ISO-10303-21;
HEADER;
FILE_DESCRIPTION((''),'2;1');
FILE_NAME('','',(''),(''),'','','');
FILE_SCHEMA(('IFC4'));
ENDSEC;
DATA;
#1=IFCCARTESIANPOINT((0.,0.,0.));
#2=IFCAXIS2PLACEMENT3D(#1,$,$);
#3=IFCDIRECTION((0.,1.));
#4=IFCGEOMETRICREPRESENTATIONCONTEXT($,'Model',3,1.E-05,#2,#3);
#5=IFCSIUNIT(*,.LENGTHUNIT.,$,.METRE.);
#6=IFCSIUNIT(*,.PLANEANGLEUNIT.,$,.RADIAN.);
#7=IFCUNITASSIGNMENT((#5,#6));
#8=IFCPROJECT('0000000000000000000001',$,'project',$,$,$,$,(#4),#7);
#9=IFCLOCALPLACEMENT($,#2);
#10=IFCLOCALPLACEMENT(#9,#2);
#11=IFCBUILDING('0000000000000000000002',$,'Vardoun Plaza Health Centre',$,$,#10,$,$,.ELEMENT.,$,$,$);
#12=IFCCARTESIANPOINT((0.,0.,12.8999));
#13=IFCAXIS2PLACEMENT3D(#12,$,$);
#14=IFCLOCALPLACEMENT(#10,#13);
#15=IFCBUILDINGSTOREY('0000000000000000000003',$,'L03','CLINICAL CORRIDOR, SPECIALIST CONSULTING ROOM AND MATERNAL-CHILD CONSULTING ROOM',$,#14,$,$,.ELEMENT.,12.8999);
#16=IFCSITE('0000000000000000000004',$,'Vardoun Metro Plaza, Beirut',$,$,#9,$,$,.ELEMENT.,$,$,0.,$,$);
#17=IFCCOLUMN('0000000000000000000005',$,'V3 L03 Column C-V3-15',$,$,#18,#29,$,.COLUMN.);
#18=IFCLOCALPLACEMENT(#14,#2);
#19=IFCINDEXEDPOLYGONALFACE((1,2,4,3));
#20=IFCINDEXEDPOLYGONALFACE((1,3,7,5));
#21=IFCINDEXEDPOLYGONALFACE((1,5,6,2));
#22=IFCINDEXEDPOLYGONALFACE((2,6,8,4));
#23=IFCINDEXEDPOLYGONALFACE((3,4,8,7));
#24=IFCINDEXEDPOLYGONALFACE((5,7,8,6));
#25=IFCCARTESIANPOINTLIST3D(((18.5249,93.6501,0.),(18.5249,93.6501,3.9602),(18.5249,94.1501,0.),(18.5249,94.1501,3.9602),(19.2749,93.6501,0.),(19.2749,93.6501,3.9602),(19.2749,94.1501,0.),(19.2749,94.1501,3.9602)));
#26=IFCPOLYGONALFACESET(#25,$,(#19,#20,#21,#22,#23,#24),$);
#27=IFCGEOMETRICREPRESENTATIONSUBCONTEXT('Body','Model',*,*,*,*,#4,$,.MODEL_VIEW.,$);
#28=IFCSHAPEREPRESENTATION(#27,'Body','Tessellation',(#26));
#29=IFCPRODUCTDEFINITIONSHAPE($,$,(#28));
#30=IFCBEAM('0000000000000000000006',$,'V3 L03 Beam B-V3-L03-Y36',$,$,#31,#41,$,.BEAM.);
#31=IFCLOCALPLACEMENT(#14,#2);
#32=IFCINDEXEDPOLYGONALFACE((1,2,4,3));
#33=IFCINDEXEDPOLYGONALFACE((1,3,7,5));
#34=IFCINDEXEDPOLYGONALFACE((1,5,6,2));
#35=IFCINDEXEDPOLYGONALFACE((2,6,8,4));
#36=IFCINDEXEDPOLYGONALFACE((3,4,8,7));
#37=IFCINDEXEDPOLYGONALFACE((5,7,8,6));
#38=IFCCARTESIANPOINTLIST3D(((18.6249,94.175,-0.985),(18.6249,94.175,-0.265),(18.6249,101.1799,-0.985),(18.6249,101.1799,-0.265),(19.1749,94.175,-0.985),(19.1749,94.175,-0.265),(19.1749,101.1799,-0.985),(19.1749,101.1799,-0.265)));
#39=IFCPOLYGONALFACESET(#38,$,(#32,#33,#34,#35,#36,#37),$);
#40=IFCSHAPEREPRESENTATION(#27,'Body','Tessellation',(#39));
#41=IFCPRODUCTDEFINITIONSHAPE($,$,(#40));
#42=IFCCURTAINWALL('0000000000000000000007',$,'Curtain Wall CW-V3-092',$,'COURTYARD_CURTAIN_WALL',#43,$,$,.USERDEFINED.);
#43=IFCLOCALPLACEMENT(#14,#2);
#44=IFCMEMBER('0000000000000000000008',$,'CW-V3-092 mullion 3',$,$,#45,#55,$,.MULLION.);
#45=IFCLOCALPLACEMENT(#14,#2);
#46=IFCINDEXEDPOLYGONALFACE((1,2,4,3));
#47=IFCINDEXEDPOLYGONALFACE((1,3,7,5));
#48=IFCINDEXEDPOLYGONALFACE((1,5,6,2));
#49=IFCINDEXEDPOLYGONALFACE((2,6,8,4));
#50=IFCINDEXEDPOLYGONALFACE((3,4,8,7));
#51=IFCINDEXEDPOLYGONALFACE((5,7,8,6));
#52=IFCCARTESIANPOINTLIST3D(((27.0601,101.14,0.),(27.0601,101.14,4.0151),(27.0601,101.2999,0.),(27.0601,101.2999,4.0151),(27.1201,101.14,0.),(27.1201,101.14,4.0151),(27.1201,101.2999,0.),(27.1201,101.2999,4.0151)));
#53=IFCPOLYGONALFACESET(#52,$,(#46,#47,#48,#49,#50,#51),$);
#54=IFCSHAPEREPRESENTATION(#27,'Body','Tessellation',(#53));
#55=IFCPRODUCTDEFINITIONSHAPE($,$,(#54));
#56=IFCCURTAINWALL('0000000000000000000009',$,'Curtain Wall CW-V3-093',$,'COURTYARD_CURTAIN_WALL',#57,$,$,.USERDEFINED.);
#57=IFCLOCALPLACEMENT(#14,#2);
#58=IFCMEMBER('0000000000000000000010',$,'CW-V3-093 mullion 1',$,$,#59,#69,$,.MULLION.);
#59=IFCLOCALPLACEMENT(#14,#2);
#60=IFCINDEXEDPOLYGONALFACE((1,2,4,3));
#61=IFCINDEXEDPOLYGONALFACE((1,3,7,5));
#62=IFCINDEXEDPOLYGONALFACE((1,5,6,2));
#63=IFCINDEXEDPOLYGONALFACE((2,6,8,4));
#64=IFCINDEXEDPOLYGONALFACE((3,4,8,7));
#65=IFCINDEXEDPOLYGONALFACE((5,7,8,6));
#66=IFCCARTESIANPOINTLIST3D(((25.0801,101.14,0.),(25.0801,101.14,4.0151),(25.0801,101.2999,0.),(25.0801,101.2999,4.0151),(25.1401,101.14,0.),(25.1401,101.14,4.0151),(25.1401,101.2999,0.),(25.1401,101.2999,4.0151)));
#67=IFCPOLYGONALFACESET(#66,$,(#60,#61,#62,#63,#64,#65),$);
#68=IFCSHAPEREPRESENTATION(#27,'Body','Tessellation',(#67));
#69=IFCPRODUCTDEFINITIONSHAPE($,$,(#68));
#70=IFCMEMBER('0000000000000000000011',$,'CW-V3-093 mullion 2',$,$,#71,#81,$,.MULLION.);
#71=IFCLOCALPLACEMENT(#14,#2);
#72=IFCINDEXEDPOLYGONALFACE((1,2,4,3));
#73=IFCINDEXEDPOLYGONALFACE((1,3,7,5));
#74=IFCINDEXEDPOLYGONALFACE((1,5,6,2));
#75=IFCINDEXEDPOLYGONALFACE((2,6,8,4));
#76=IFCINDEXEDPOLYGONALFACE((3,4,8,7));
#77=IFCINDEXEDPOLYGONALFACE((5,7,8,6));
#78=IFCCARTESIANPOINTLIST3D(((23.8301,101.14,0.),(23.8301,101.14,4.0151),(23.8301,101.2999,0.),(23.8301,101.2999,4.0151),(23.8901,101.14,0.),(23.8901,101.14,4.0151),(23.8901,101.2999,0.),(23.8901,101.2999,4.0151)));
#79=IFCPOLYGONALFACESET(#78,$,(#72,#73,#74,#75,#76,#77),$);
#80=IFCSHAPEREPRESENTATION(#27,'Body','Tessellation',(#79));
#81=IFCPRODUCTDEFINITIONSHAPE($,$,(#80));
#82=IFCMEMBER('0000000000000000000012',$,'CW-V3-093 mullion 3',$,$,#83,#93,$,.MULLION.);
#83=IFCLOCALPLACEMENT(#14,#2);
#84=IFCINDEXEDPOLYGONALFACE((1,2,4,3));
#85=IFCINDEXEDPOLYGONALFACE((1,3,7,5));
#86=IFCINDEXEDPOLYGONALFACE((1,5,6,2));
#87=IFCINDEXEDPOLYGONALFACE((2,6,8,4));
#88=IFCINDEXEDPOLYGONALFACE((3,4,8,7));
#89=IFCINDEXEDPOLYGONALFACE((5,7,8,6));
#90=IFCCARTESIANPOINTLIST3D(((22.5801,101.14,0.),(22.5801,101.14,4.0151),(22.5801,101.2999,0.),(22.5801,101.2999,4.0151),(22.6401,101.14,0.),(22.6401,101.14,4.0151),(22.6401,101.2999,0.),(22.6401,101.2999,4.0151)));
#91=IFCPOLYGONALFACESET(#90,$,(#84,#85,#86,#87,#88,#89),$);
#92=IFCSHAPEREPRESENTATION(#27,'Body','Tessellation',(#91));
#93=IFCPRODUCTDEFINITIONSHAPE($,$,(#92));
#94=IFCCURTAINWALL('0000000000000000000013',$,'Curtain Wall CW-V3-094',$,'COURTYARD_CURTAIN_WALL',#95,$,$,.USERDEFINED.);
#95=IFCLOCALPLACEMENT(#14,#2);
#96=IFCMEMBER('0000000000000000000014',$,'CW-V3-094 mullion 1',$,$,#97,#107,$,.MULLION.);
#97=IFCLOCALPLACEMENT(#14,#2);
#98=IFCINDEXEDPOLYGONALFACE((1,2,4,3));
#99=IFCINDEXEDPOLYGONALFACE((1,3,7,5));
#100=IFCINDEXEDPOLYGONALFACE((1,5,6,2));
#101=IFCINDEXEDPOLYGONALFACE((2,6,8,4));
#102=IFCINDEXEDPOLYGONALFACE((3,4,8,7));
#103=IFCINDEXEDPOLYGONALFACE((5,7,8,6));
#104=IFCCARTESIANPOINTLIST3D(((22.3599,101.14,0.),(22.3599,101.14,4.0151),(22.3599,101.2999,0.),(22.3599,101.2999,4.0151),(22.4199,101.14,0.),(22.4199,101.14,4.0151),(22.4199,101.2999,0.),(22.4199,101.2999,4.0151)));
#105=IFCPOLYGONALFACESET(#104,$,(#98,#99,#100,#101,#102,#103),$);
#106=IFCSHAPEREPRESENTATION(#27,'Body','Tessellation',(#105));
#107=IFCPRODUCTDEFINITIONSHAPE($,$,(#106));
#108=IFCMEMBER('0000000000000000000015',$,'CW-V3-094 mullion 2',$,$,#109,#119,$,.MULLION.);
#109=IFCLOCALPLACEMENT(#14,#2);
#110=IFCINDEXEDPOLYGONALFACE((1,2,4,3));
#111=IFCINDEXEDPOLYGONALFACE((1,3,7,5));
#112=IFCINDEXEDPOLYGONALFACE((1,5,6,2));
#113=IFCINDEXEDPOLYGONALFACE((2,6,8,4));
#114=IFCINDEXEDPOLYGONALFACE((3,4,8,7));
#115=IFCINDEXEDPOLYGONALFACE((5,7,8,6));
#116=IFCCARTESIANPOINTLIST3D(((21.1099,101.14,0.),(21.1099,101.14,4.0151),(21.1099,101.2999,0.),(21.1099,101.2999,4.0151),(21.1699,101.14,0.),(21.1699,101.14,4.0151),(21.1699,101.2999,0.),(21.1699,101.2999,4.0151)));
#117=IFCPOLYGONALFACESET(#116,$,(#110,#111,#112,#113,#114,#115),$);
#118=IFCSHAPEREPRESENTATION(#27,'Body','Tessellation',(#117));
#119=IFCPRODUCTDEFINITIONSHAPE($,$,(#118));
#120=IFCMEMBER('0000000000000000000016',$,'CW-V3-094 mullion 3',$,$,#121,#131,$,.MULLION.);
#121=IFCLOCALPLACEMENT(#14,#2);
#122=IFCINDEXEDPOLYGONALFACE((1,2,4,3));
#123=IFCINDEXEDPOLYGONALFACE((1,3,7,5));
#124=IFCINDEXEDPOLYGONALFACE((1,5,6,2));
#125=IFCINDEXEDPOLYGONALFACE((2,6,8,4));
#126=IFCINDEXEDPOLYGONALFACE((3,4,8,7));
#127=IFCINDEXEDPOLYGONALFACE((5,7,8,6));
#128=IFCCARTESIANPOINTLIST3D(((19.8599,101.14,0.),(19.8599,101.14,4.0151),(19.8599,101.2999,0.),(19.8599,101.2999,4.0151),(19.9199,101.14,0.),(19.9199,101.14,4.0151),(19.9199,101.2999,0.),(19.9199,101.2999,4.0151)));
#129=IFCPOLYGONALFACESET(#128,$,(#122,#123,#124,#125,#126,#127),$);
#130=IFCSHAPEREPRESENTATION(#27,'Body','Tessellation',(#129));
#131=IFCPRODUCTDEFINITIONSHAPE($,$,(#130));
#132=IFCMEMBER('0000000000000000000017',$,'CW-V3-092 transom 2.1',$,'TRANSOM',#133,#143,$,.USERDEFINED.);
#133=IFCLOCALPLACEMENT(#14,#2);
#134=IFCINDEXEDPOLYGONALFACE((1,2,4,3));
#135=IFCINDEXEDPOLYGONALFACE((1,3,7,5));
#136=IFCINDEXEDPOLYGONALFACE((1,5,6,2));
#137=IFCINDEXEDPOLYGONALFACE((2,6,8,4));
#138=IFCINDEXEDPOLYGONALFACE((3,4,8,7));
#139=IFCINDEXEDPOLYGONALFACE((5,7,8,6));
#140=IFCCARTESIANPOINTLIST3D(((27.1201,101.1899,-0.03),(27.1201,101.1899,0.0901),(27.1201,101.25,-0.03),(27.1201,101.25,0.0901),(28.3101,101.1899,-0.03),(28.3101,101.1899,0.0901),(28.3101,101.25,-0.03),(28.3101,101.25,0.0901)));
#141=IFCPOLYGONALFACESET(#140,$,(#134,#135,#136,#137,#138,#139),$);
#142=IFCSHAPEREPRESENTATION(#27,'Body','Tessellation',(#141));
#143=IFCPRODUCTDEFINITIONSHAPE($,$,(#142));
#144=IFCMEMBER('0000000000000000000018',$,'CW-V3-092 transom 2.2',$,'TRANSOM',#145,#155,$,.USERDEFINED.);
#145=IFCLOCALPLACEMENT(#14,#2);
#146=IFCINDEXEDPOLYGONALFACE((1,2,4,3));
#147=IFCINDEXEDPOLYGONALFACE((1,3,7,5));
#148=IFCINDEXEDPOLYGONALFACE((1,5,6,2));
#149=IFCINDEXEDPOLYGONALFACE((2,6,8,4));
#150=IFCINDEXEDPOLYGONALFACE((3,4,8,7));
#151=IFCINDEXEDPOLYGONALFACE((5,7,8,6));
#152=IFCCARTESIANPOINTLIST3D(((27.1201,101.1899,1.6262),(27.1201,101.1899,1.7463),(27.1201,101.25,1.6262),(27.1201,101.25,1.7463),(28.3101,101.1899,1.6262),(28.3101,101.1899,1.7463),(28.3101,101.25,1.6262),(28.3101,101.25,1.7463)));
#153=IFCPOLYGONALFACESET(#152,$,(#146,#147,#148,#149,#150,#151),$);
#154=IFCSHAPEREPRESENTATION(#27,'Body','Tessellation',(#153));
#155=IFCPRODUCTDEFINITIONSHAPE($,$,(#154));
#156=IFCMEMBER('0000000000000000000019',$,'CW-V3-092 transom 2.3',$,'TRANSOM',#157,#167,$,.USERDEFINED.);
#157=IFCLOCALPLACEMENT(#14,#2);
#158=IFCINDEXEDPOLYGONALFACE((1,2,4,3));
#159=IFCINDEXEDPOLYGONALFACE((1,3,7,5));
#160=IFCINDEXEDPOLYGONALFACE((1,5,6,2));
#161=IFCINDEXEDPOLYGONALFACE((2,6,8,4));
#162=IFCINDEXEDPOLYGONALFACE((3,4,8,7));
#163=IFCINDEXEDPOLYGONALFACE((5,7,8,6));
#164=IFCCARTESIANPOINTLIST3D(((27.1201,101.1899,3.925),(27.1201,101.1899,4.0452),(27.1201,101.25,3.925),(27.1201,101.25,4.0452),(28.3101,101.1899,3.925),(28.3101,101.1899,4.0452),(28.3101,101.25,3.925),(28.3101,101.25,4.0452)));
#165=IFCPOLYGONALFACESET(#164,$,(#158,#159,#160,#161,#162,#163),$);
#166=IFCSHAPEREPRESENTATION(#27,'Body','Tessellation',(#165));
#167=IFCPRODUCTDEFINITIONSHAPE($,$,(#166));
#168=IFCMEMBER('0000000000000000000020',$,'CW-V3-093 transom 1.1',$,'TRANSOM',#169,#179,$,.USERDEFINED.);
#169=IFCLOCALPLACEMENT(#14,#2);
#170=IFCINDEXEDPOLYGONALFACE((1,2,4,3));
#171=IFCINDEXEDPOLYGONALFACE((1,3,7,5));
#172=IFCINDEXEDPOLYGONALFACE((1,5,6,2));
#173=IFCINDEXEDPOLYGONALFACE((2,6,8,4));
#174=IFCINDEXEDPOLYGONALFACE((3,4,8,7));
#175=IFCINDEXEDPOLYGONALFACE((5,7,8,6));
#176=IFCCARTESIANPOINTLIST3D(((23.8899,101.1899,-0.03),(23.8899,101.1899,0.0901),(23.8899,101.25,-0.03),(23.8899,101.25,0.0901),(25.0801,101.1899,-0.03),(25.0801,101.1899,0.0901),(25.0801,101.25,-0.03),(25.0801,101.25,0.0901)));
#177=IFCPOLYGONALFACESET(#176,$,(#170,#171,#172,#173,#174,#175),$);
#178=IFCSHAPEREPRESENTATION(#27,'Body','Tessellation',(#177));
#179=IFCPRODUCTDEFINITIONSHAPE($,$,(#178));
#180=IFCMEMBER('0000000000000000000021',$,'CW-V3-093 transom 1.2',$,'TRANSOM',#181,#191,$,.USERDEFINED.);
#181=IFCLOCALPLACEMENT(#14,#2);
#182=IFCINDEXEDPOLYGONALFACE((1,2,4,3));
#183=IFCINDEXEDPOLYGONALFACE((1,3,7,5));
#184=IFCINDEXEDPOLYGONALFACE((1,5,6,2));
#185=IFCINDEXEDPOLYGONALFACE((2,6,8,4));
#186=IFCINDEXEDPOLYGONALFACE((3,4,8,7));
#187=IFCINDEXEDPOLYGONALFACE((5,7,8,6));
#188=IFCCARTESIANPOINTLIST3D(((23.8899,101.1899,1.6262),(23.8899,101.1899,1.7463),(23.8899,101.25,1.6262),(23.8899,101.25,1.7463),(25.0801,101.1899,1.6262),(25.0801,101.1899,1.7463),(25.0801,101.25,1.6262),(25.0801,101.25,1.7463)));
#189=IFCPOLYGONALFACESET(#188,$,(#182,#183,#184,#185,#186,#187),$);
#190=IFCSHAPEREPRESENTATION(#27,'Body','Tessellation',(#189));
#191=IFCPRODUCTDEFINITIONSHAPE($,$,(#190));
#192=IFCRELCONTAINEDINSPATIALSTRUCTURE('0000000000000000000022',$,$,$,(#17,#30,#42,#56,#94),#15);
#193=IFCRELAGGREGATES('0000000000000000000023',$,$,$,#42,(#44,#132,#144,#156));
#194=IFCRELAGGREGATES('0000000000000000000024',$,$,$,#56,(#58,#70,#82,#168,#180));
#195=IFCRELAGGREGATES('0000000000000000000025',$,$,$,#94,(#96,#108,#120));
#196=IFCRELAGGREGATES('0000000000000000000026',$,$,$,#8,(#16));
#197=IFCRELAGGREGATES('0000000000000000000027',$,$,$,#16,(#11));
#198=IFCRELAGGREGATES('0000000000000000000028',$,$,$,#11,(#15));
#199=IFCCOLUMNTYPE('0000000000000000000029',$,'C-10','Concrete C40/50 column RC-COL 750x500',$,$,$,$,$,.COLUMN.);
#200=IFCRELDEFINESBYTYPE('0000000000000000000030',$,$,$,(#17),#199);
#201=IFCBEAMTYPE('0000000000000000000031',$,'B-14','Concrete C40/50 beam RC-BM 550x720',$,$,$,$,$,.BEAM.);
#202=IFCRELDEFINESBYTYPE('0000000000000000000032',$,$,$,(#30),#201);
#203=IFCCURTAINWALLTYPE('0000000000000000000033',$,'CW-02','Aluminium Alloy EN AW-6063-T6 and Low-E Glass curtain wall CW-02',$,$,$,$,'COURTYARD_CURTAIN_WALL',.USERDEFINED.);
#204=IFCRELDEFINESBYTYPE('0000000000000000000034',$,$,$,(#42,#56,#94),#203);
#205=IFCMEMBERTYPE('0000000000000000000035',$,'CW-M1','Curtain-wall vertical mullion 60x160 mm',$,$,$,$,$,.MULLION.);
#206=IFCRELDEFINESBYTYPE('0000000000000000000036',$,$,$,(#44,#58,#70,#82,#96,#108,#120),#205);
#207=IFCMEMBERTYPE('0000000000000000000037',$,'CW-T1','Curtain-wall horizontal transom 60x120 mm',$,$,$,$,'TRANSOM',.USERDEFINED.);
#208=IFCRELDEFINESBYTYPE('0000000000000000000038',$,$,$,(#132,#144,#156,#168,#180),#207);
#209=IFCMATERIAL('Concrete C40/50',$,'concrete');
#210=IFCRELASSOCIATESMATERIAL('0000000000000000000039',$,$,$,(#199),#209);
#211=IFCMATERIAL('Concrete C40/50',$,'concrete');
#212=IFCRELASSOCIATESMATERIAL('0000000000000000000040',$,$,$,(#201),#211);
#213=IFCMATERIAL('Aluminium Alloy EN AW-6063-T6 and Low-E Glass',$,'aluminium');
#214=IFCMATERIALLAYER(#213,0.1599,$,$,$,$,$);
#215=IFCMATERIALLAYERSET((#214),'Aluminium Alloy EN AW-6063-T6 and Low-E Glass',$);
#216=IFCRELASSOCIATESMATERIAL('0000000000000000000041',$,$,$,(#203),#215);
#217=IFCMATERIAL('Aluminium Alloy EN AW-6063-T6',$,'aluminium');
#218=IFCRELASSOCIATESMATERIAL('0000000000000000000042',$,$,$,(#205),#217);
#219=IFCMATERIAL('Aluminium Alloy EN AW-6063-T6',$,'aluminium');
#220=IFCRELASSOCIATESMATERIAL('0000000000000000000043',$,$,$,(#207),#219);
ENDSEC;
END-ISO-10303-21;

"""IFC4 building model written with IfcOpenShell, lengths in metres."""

from ifc_helpers import new_model, si_unit, direction, frame, origin, origin_2d, place, context, subcontext, project, spatial, rectangle, extrude, material, layer, layer_set, material_profile, profile_set, type_object, element, aggregate, save


model = new_model("IFC4")

# Units and contexts
model_context = context("Model", 3, precision=1e-05, world=origin(), true_north=direction((0.0, 1.0)))
body_context = subcontext(model_context, "Body", "Model", "MODEL_VIEW")
ifc_project = project(units=[si_unit("LENGTHUNIT", "METRE"), si_unit("PLANEANGLEUNIT", "RADIAN")], contexts=[model_context])

# Site, building, storey
site_placement = place(None, origin())
site = spatial("IfcSite", under=ifc_project, at=site_placement, Name="Vardoun Metro Plaza, Beirut", CompositionType="ELEMENT", RefElevation=0.0)
building_placement = place(site_placement, origin())
building = spatial("IfcBuilding", under=site, at=building_placement, Name="Vardoun Plaza Health Centre", CompositionType="ELEMENT")
storey_placement = place(building_placement, frame((0.0, 0.0, 12.8999)))
storey = spatial("IfcBuildingStorey", under=building, at=storey_placement, Name="L03", Description="CLINICAL CORRIDOR, SPECIALIST CONSULTING ROOM AND MATERNAL-CHILD CONSULTING ROOM", CompositionType="ELEMENT", Elevation=12.8999)

# Column
ifc_material_1 = material(Name="Concrete C40/50", Category="concrete")
ifc_material_profile_1 = material_profile(ifc_material_1, rectangle(XDim=0.75, YDim=0.5, at=origin_2d()), Name="RC-COL 750x500")
ifc_profile_set_1 = profile_set([ifc_material_profile_1], Name="Concrete C40/50")
column_type = type_object("IfcColumnType", Name="C-10", Description="Concrete C40/50 column RC-COL 750x500", PredefinedType="COLUMN", material=ifc_profile_set_1)
column_placement = place(storey_placement, frame((18.8999, 93.9001, 0.0), z_axis=(0.0, 0.0, 1.0), x_axis=(1.0, 0.0, 0.0)))
element("IfcColumn", 1, at=column_placement, inside=storey, type_object=column_type, Name="V3 L03 Column C-V3-15", PredefinedType="COLUMN", context=body_context, shape_type="SweptSolid", body=[
    extrude(rectangle(XDim=0.75, YDim=0.5, at=origin_2d()), origin(), (0.0, 0.0, 1.0), 3.9602),
])

# Beam
ifc_material_2 = material(Name="Concrete C40/50", Category="concrete")
ifc_material_profile_2 = material_profile(ifc_material_2, rectangle(XDim=0.55, YDim=0.72, at=origin_2d()), Name="RC-BM 550x720")
ifc_profile_set_2 = profile_set([ifc_material_profile_2], Name="Concrete C40/50")
beam_type = type_object("IfcBeamType", Name="B-14", Description="Concrete C40/50 beam RC-BM 550x720", PredefinedType="BEAM", material=ifc_profile_set_2)
beam_placement = place(storey_placement, frame((18.8999, 94.175, -0.625), z_axis=(0.0, 1.0, 0.0), x_axis=(-1.0, 0.0, 0.0)))
element("IfcBeam", 2, at=beam_placement, inside=storey, type_object=beam_type, Name="V3 L03 Beam B-V3-L03-Y36", PredefinedType="BEAM", context=body_context, shape_type="SweptSolid", body=[
    extrude(rectangle(XDim=0.55, YDim=0.72, at=origin_2d()), origin(), (0.0, 0.0, 1.0), 7.0049),
])

# Curtain wall, member
ifc_material_3 = material(Name="Aluminium Alloy EN AW-6063-T6 and Low-E Glass", Category="aluminium")
ifc_layer_1 = layer(ifc_material_3, 0.1599)
ifc_layer_set_1 = layer_set([ifc_layer_1], Name="Aluminium Alloy EN AW-6063-T6 and Low-E Glass")
curtain_wall_type = type_object("IfcCurtainWallType", Name="CW-02", Description="Aluminium Alloy EN AW-6063-T6 and Low-E Glass curtain wall CW-02", ElementType="COURTYARD_CURTAIN_WALL", PredefinedType="USERDEFINED", material=ifc_layer_set_1)
curtain_wall_1_placement = place(storey_placement, origin())
curtain_wall_1 = element("IfcCurtainWall", 3, at=curtain_wall_1_placement, inside=storey, type_object=curtain_wall_type, Name="Curtain Wall CW-V3-092", ObjectType="COURTYARD_CURTAIN_WALL", PredefinedType="USERDEFINED")
ifc_material_4 = material(Name="Aluminium Alloy EN AW-6063-T6", Category="aluminium")
ifc_material_profile_3 = material_profile(ifc_material_4, rectangle(XDim=0.1599, YDim=0.0601, at=origin_2d()), Name="CWM 60x160")
ifc_profile_set_3 = profile_set([ifc_material_profile_3], Name="Aluminium Alloy EN AW-6063-T6")
member_type_1 = type_object("IfcMemberType", Name="CW-M1", Description="Curtain-wall vertical mullion 60x160 mm", PredefinedType="MULLION", material=ifc_profile_set_3)
member_1_placement = place(storey_placement, frame((27.0901, 101.22, 0.0), z_axis=(0.0, 0.0, 1.0), x_axis=(0.0, -1.0, 0.0)))
member_1 = element("IfcMember", 4, at=member_1_placement, type_object=member_type_1, Name="CW-V3-092 mullion 3", PredefinedType="MULLION", context=body_context, shape_type="SweptSolid", body=[
    extrude(rectangle(XDim=0.1599, YDim=0.0601, at=origin_2d()), origin(), (0.0, 0.0, 1.0), 4.0151),
])

# Curtain walls, members
curtain_wall_2_placement = place(storey_placement, origin())
curtain_wall_2 = element("IfcCurtainWall", 5, at=curtain_wall_2_placement, inside=storey, type_object=curtain_wall_type, Name="Curtain Wall CW-V3-093", ObjectType="COURTYARD_CURTAIN_WALL", PredefinedType="USERDEFINED")
member_2_placement = place(storey_placement, frame((25.1101, 101.22, 0.0), z_axis=(0.0, 0.0, 1.0), x_axis=(0.0, -1.0, 0.0)))
member_2 = element("IfcMember", 6, at=member_2_placement, type_object=member_type_1, Name="CW-V3-093 mullion 1", PredefinedType="MULLION", context=body_context, shape_type="SweptSolid", body=[
    extrude(rectangle(XDim=0.1599, YDim=0.0601, at=origin_2d()), origin(), (0.0, 0.0, 1.0), 4.0151),
])
member_3_placement = place(storey_placement, frame((23.8601, 101.22, 0.0), z_axis=(0.0, 0.0, 1.0), x_axis=(0.0, -1.0, 0.0)))
member_3 = element("IfcMember", 7, at=member_3_placement, type_object=member_type_1, Name="CW-V3-093 mullion 2", PredefinedType="MULLION", context=body_context, shape_type="SweptSolid", body=[
    extrude(rectangle(XDim=0.1599, YDim=0.0601, at=origin_2d()), origin(), (0.0, 0.0, 1.0), 4.0151),
])
member_4_placement = place(storey_placement, frame((22.6101, 101.22, 0.0), z_axis=(0.0, 0.0, 1.0), x_axis=(0.0, -1.0, 0.0)))
member_4 = element("IfcMember", 8, at=member_4_placement, type_object=member_type_1, Name="CW-V3-093 mullion 3", PredefinedType="MULLION", context=body_context, shape_type="SweptSolid", body=[
    extrude(rectangle(XDim=0.1599, YDim=0.0601, at=origin_2d()), origin(), (0.0, 0.0, 1.0), 4.0151),
])
curtain_wall_3_placement = place(storey_placement, origin())
curtain_wall_3 = element("IfcCurtainWall", 9, at=curtain_wall_3_placement, inside=storey, type_object=curtain_wall_type, Name="Curtain Wall CW-V3-094", ObjectType="COURTYARD_CURTAIN_WALL", PredefinedType="USERDEFINED")
member_5_placement = place(storey_placement, frame((22.3899, 101.22, 0.0), z_axis=(0.0, 0.0, 1.0), x_axis=(0.0, -1.0, 0.0)))
member_5 = element("IfcMember", 10, at=member_5_placement, type_object=member_type_1, Name="CW-V3-094 mullion 1", PredefinedType="MULLION", context=body_context, shape_type="SweptSolid", body=[
    extrude(rectangle(XDim=0.1599, YDim=0.0601, at=origin_2d()), origin(), (0.0, 0.0, 1.0), 4.0151),
])
member_6_placement = place(storey_placement, frame((21.1399, 101.22, 0.0), z_axis=(0.0, 0.0, 1.0), x_axis=(0.0, -1.0, 0.0)))
member_6 = element("IfcMember", 11, at=member_6_placement, type_object=member_type_1, Name="CW-V3-094 mullion 2", PredefinedType="MULLION", context=body_context, shape_type="SweptSolid", body=[
    extrude(rectangle(XDim=0.1599, YDim=0.0601, at=origin_2d()), origin(), (0.0, 0.0, 1.0), 4.0151),
])
member_7_placement = place(storey_placement, frame((19.8899, 101.22, 0.0), z_axis=(0.0, 0.0, 1.0), x_axis=(0.0, -1.0, 0.0)))
member_7 = element("IfcMember", 12, at=member_7_placement, type_object=member_type_1, Name="CW-V3-094 mullion 3", PredefinedType="MULLION", context=body_context, shape_type="SweptSolid", body=[
    extrude(rectangle(XDim=0.1599, YDim=0.0601, at=origin_2d()), origin(), (0.0, 0.0, 1.0), 4.0151),
])

# Members
ifc_material_5 = material(Name="Aluminium Alloy EN AW-6063-T6", Category="aluminium")
ifc_material_profile_4 = material_profile(ifc_material_5, rectangle(XDim=0.0601, YDim=0.1201, at=origin_2d()), Name="CWT 60x120")
ifc_profile_set_4 = profile_set([ifc_material_profile_4], Name="Aluminium Alloy EN AW-6063-T6")
member_type_2 = type_object("IfcMemberType", Name="CW-T1", Description="Curtain-wall horizontal transom 60x120 mm", ElementType="TRANSOM", PredefinedType="USERDEFINED", material=ifc_profile_set_4)
member_8_placement = place(storey_placement, frame((28.3101, 101.22, 0.03), z_axis=(-1.0, 0.0, 0.0), x_axis=(0.0, -1.0, 0.0)))
member_8 = element("IfcMember", 13, at=member_8_placement, type_object=member_type_2, Name="CW-V3-092 transom 2.1", ObjectType="TRANSOM", PredefinedType="USERDEFINED", context=body_context, shape_type="SweptSolid", body=[
    extrude(rectangle(XDim=0.0601, YDim=0.1201, at=origin_2d()), origin(), (0.0, 0.0, 1.0), 1.1899),
])
member_9_placement = place(storey_placement, frame((28.3101, 101.22, 1.6863), z_axis=(-1.0, 0.0, 0.0), x_axis=(0.0, -1.0, 0.0)))
member_9 = element("IfcMember", 14, at=member_9_placement, type_object=member_type_2, Name="CW-V3-092 transom 2.2", ObjectType="TRANSOM", PredefinedType="USERDEFINED", context=body_context, shape_type="SweptSolid", body=[
    extrude(rectangle(XDim=0.0601, YDim=0.1201, at=origin_2d()), origin(), (0.0, 0.0, 1.0), 1.1899),
])
member_10_placement = place(storey_placement, frame((28.3101, 101.22, 3.9851), z_axis=(-1.0, 0.0, 0.0), x_axis=(0.0, -1.0, 0.0)))
member_10 = element("IfcMember", 15, at=member_10_placement, type_object=member_type_2, Name="CW-V3-092 transom 2.3", ObjectType="TRANSOM", PredefinedType="USERDEFINED", context=body_context, shape_type="SweptSolid", body=[
    extrude(rectangle(XDim=0.0601, YDim=0.1201, at=origin_2d()), origin(), (0.0, 0.0, 1.0), 1.1899),
])
member_11_placement = place(storey_placement, frame((25.0801, 101.22, 0.03), z_axis=(-1.0, 0.0, 0.0), x_axis=(0.0, -1.0, 0.0)))
member_11 = element("IfcMember", 16, at=member_11_placement, type_object=member_type_2, Name="CW-V3-093 transom 1.1", ObjectType="TRANSOM", PredefinedType="USERDEFINED", context=body_context, shape_type="SweptSolid", body=[
    extrude(rectangle(XDim=0.0601, YDim=0.1201, at=origin_2d()), origin(), (0.0, 0.0, 1.0), 1.1902),
])
member_12_placement = place(storey_placement, frame((25.0801, 101.22, 1.6863), z_axis=(-1.0, 0.0, 0.0), x_axis=(0.0, -1.0, 0.0)))
member_12 = element("IfcMember", 17, at=member_12_placement, type_object=member_type_2, Name="CW-V3-093 transom 1.2", ObjectType="TRANSOM", PredefinedType="USERDEFINED", context=body_context, shape_type="SweptSolid", body=[
    extrude(rectangle(XDim=0.0601, YDim=0.1201, at=origin_2d()), origin(), (0.0, 0.0, 1.0), 1.1902),
])

aggregate(curtain_wall_1, [member_1, member_8, member_9, member_10])
aggregate(curtain_wall_2, [member_2, member_3, member_4, member_11, member_12])
aggregate(curtain_wall_3, [member_5, member_6, member_7])

save(model, "model.ifc")
